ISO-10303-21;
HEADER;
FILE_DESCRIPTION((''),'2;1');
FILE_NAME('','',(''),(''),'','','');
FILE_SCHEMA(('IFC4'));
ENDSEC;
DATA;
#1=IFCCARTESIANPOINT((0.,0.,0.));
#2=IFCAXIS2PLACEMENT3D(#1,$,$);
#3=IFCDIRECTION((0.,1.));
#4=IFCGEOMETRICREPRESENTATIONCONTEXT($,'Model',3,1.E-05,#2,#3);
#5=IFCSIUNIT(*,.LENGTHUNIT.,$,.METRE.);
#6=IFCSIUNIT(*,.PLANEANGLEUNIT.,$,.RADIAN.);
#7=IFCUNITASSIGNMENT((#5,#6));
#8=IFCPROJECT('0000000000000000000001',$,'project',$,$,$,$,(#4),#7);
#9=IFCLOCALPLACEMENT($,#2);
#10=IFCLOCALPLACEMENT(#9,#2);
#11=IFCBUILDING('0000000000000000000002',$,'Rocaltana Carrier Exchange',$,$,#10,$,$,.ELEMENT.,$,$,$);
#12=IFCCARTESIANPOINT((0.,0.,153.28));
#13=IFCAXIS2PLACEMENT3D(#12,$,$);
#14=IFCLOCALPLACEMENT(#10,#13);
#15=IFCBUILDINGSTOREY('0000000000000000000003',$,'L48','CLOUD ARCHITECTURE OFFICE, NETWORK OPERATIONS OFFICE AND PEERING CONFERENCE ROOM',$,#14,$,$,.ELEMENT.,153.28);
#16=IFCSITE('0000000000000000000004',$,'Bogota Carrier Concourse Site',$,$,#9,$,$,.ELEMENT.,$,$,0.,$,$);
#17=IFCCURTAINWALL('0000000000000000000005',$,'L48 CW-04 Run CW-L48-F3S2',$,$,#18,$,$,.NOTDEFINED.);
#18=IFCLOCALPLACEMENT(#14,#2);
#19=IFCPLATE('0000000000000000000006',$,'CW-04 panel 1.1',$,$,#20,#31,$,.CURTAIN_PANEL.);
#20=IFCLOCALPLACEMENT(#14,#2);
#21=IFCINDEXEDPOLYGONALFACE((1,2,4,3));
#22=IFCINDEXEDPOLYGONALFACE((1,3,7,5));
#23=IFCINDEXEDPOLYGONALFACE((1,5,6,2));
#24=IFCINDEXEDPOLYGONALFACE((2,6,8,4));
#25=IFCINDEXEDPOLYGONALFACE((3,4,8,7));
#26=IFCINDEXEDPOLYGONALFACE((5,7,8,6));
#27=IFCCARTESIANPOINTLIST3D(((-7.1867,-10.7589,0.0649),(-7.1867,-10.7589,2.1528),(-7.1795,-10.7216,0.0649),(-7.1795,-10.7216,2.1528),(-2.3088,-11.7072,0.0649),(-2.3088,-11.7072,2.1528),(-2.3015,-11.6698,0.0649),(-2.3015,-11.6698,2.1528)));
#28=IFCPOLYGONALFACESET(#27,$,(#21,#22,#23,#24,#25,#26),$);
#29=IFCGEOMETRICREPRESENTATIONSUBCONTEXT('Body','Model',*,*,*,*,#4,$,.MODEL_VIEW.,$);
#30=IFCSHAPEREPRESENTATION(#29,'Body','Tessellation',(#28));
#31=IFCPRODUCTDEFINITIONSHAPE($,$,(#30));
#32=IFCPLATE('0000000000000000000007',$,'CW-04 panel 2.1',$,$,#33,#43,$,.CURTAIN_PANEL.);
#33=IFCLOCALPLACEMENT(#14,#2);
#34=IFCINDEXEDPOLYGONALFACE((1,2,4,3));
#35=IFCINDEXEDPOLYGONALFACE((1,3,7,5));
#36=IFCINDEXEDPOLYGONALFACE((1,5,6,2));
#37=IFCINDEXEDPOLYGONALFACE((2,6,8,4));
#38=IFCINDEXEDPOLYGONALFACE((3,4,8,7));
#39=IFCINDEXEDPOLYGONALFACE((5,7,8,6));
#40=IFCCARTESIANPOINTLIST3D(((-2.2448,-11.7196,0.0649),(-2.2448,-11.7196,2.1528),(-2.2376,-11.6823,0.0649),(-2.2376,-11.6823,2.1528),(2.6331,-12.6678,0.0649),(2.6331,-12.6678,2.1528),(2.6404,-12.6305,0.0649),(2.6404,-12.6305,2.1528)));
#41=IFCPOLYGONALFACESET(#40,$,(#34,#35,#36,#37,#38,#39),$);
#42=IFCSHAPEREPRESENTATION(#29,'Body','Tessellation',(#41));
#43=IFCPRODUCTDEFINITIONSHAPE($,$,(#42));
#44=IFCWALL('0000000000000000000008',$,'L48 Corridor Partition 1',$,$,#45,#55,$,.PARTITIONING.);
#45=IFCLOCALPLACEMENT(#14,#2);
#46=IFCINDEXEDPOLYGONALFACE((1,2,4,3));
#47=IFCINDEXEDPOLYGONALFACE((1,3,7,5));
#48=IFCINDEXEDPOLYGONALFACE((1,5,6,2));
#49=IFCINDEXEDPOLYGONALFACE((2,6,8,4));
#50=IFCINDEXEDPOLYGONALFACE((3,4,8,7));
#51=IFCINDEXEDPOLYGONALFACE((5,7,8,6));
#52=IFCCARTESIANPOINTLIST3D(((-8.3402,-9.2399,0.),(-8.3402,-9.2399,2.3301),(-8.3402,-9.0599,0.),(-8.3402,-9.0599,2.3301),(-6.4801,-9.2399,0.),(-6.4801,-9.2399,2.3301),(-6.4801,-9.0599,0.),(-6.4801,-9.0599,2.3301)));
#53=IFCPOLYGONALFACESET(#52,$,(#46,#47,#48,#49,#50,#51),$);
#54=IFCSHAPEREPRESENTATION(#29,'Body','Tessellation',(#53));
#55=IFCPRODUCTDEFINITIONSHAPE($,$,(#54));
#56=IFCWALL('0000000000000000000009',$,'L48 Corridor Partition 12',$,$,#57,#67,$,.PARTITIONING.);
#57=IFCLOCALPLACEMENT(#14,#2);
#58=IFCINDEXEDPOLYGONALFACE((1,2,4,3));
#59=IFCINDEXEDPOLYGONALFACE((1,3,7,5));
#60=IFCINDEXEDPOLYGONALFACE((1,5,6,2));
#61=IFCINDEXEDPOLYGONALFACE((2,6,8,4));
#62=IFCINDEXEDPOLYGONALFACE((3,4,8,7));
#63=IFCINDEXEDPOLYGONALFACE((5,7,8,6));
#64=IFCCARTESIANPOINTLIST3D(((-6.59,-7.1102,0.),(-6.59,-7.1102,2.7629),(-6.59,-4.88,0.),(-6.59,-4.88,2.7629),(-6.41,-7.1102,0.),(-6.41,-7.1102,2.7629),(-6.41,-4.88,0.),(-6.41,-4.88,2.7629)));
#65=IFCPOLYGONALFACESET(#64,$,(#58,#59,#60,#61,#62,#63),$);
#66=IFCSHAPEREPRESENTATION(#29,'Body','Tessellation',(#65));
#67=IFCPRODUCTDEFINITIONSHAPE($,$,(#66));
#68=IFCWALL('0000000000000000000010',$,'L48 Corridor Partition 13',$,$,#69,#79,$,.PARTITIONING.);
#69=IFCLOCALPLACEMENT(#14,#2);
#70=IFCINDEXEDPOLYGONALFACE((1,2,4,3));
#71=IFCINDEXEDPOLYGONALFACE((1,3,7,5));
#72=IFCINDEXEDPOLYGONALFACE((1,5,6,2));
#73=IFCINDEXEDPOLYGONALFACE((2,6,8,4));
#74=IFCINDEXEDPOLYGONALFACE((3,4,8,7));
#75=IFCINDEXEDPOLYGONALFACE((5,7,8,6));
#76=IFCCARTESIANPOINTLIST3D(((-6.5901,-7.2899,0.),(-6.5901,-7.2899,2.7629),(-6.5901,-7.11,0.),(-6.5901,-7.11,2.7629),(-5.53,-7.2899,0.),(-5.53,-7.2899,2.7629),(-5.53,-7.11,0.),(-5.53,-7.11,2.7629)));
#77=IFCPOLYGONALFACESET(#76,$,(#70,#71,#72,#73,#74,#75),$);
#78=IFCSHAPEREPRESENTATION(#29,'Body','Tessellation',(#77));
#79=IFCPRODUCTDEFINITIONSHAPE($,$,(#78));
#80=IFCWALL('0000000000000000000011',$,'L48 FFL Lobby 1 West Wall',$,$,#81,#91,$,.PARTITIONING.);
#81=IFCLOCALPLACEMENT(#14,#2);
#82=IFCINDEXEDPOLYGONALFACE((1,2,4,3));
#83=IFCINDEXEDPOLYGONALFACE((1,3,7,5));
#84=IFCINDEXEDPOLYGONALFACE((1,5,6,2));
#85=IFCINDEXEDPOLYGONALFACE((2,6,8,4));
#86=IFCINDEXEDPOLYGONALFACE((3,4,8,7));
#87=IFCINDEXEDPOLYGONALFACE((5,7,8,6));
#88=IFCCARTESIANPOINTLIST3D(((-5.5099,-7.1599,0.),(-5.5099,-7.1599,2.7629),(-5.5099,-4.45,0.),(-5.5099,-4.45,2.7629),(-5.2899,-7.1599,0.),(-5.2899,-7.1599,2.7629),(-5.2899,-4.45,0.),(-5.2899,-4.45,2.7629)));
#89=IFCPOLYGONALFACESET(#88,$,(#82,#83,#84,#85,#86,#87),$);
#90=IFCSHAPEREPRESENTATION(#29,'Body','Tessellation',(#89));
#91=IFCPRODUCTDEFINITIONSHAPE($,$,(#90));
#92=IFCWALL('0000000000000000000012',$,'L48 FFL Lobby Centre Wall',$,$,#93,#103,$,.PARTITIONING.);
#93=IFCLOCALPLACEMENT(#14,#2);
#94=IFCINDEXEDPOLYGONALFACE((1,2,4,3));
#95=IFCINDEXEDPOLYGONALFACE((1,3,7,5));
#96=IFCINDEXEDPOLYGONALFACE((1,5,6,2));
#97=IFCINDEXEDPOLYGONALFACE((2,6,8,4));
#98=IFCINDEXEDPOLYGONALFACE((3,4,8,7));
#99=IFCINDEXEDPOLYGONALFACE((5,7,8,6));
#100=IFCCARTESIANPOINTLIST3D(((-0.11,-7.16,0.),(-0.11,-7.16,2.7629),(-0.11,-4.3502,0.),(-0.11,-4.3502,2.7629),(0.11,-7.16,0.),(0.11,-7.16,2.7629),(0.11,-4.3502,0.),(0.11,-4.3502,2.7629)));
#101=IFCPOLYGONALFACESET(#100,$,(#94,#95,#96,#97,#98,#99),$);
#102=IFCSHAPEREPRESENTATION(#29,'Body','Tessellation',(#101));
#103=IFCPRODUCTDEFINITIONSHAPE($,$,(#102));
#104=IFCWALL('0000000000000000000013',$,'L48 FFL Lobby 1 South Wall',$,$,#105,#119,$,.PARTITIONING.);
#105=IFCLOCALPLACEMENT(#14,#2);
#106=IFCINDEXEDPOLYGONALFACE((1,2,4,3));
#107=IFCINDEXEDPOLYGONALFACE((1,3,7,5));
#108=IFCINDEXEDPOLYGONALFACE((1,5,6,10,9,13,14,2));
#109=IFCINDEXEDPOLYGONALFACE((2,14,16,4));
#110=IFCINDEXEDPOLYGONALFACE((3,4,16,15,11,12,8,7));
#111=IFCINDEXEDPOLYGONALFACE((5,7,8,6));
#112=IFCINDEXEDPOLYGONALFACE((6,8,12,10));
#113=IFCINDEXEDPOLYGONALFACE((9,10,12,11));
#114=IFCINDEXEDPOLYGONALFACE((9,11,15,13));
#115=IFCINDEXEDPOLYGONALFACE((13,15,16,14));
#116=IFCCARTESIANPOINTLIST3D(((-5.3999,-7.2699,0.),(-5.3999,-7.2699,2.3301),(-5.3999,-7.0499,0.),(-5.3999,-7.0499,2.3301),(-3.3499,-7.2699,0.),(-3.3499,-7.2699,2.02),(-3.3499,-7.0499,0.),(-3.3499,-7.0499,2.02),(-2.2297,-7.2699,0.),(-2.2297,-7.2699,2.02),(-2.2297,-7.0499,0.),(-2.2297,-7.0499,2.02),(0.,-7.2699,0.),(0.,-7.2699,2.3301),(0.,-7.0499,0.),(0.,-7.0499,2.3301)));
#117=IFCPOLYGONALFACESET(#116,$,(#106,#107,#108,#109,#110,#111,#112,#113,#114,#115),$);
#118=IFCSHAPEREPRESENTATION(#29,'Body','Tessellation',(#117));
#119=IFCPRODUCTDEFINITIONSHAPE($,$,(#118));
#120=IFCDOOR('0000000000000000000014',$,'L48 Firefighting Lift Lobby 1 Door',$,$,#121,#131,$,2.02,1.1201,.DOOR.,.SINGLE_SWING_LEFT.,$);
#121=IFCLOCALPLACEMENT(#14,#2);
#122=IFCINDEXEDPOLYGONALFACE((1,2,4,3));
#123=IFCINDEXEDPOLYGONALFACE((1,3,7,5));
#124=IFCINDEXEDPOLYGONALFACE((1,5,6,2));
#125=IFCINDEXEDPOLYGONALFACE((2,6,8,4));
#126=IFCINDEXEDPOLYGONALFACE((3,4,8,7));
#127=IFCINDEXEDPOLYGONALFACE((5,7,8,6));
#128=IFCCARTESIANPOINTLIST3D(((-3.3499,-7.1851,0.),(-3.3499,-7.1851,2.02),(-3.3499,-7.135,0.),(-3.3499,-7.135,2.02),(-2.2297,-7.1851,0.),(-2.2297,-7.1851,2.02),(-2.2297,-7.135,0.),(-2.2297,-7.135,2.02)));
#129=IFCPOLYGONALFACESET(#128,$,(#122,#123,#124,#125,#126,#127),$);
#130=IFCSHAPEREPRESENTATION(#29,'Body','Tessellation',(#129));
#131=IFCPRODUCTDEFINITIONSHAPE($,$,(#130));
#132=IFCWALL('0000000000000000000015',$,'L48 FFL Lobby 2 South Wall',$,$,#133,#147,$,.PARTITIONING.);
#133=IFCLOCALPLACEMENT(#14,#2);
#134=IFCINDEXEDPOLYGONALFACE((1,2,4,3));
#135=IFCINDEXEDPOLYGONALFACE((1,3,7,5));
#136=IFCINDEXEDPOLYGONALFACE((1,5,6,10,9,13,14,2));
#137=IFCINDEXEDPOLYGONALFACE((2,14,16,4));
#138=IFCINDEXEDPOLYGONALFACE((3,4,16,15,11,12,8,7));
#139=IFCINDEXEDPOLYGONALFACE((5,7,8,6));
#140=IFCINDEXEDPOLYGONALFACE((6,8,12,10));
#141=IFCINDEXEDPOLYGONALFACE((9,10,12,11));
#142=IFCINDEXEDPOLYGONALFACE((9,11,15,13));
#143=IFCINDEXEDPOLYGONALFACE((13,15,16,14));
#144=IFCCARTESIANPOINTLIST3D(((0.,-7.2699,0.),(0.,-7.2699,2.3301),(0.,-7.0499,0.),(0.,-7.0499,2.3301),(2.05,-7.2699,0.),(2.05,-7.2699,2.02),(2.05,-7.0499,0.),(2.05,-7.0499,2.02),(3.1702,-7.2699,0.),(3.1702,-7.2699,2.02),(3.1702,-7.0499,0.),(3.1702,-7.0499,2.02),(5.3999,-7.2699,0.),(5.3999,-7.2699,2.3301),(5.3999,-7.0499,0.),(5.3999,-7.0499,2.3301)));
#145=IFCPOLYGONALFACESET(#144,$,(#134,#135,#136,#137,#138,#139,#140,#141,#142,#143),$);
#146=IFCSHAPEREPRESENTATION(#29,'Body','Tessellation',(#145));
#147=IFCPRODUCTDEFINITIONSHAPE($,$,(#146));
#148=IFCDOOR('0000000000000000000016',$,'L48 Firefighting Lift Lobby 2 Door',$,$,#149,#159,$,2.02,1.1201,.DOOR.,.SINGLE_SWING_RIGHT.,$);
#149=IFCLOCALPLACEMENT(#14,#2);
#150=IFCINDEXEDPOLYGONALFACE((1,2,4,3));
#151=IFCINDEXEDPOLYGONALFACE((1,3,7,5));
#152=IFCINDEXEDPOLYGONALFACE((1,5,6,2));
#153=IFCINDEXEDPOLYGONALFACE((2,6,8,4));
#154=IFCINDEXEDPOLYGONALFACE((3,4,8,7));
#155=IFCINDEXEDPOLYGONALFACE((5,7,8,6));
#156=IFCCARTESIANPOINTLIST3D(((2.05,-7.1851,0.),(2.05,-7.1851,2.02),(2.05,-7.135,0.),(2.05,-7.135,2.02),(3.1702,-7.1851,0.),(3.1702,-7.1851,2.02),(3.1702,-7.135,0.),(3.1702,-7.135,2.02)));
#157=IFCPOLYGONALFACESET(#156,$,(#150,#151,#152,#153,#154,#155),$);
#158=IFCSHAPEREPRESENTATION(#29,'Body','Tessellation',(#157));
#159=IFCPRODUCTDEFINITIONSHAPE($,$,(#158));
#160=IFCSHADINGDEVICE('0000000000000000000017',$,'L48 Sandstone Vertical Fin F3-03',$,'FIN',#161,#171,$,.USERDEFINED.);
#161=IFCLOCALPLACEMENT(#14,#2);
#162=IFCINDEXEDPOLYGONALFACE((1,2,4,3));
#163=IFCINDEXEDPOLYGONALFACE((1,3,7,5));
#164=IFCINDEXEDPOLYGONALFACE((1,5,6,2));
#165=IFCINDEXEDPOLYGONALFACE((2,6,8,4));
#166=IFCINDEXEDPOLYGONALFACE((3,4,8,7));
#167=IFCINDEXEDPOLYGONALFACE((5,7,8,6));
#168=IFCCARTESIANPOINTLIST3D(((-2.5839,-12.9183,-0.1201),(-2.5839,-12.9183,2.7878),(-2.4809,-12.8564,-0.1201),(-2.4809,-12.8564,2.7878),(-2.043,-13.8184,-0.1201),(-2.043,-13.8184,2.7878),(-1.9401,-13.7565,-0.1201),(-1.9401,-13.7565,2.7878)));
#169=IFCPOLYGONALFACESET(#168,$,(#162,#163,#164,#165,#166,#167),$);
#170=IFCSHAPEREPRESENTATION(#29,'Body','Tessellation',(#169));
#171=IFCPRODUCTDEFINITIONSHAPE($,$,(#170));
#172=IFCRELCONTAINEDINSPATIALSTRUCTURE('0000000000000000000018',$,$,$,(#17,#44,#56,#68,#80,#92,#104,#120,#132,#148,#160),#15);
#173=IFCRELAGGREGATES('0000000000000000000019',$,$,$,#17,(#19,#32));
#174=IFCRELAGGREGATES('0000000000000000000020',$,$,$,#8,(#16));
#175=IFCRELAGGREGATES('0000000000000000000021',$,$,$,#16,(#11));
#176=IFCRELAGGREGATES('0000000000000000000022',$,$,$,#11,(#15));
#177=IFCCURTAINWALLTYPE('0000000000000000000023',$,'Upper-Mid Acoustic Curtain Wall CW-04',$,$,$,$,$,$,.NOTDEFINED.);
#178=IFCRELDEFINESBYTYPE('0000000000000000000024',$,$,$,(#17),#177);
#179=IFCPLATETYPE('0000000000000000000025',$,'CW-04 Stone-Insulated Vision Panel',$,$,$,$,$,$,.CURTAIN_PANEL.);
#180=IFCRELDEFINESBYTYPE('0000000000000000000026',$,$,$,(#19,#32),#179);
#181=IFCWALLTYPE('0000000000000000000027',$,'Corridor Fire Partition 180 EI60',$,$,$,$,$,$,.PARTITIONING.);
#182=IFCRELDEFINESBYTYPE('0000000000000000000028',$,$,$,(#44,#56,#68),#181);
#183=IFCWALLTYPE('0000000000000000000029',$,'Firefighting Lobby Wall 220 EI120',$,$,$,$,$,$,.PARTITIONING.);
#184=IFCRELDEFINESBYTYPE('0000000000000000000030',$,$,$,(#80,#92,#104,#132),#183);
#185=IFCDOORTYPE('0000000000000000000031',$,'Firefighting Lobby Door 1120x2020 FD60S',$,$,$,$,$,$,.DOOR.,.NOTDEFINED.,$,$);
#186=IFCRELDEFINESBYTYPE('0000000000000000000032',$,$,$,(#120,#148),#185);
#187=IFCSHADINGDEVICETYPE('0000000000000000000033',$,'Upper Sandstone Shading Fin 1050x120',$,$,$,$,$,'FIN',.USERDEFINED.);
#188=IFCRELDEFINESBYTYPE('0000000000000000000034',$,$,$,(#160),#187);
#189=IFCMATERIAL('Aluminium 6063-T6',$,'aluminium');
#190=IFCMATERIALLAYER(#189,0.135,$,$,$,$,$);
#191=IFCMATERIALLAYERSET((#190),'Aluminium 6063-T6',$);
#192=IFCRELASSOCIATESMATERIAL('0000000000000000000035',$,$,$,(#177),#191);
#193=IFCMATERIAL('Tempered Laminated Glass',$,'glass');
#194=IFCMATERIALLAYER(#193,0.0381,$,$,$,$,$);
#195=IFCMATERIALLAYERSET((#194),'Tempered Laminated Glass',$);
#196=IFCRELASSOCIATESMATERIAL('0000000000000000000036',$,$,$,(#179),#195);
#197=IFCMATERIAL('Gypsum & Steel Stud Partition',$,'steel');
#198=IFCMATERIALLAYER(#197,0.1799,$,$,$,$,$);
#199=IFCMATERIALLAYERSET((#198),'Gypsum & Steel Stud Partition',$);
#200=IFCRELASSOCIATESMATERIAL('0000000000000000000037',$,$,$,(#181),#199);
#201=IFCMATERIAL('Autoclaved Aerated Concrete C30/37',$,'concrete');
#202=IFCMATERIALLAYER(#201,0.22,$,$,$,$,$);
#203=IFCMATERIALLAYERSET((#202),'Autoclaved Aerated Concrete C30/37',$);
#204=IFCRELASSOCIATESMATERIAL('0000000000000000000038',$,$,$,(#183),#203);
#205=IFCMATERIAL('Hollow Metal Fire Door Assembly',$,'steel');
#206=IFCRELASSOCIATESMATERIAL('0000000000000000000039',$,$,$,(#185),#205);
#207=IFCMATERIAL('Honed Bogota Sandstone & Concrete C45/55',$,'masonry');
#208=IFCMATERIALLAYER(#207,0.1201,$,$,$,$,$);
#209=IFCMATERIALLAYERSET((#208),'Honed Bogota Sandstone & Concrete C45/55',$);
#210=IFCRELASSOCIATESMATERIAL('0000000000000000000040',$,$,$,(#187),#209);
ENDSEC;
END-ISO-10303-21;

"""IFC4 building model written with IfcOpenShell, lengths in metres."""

from ifc_helpers import new_model, si_unit, direction, frame, frame_2d, origin, origin_2d, place, context, subcontext, project, spatial, rectangle, extrude, material, layer, layer_set, type_object, element, fill, aggregate, save


model = new_model("IFC4")

# Units and contexts
model_context = context("Model", 3, precision=1e-05, world=origin(), true_north=direction((0.0, 1.0)))
body_context = subcontext(model_context, "Body", "Model", "MODEL_VIEW")
ifc_project = project(units=[si_unit("LENGTHUNIT", "METRE"), si_unit("PLANEANGLEUNIT", "RADIAN")], contexts=[model_context])

# Site, building, storey
site_placement = place(None, origin())
site = spatial("IfcSite", under=ifc_project, at=site_placement, Name="Bogota Carrier Concourse Site", CompositionType="ELEMENT", RefElevation=0.0)
building_placement = place(site_placement, origin())
building = spatial("IfcBuilding", under=site, at=building_placement, Name="Rocaltana Carrier Exchange", CompositionType="ELEMENT")
storey_placement = place(building_placement, frame((0.0, 0.0, 153.28)))
storey = spatial("IfcBuildingStorey", under=building, at=storey_placement, Name="L48", Description="CLOUD ARCHITECTURE OFFICE, NETWORK OPERATIONS OFFICE AND PEERING CONFERENCE ROOM", CompositionType="ELEMENT", Elevation=153.28)

# Curtain wall
ifc_material_1 = material(Name="Aluminium 6063-T6", Category="aluminium")
ifc_layer_1 = layer(ifc_material_1, 0.135)
ifc_layer_set_1 = layer_set([ifc_layer_1], Name="Aluminium 6063-T6")
curtain_wall_type = type_object("IfcCurtainWallType", Name="Upper-Mid Acoustic Curtain Wall CW-04", PredefinedType="NOTDEFINED", material=ifc_layer_set_1)
curtain_wall_placement = place(storey_placement, origin())
curtain_wall = element("IfcCurtainWall", 1, at=curtain_wall_placement, inside=storey, type_object=curtain_wall_type, Name="L48 CW-04 Run CW-L48-F3S2", PredefinedType="NOTDEFINED")

# Plates
ifc_material_2 = material(Name="Tempered Laminated Glass", Category="glass")
ifc_layer_2 = layer(ifc_material_2, 0.0381)
ifc_layer_set_2 = layer_set([ifc_layer_2], Name="Tempered Laminated Glass")
plate_type = type_object("IfcPlateType", Name="CW-04 Stone-Insulated Vision Panel", PredefinedType="CURTAIN_PANEL", material=ifc_layer_set_2)
plate_1_placement = place(storey_placement, frame((-4.7441, -11.2144, 0.0649), z_axis=(0.0, 0.0, 1.0), x_axis=(0.981626, -0.190815, 0.0)))
plate_1 = element("IfcPlate", 2, at=plate_1_placement, type_object=plate_type, Name="CW-04 panel 1.1", PredefinedType="CURTAIN_PANEL", context=body_context, shape_type="SweptSolid", body=[
    extrude(rectangle(XDim=4.9692, YDim=0.0381, at=origin_2d()), origin(), (0.0, 0.0, 1.0), 2.0879),
])
plate_2_placement = place(storey_placement, frame((0.1978, -12.175, 0.0649), z_axis=(0.0, 0.0, 1.0), x_axis=(0.981626, -0.190815, 0.0)))
plate_2 = element("IfcPlate", 3, at=plate_2_placement, type_object=plate_type, Name="CW-04 panel 2.1", PredefinedType="CURTAIN_PANEL", context=body_context, shape_type="SweptSolid", body=[
    extrude(rectangle(XDim=4.9692, YDim=0.0381, at=origin_2d()), origin(), (0.0, 0.0, 1.0), 2.0879),
])
aggregate(curtain_wall, [plate_1, plate_2])

# Walls
ifc_material_3 = material(Name="Gypsum & Steel Stud Partition", Category="steel")
ifc_layer_3 = layer(ifc_material_3, 0.1799)
ifc_layer_set_3 = layer_set([ifc_layer_3], Name="Gypsum & Steel Stud Partition")
wall_type_1 = type_object("IfcWallType", Name="Corridor Fire Partition 180 EI60", PredefinedType="PARTITIONING", material=ifc_layer_set_3)
wall_1_placement = place(storey_placement, frame((-6.48, -9.1499, 0.0), z_axis=(0.0, 0.0, 1.0), x_axis=(-1.0, 0.0, 0.0)))
element("IfcWall", 4, at=wall_1_placement, inside=storey, type_object=wall_type_1, Name="L48 Corridor Partition 1", PredefinedType="PARTITIONING", context=body_context, shape_type="SweptSolid", body=[
    extrude(rectangle(XDim=1.8601, YDim=0.1799, at=frame_2d((0.9302, 0.0))), origin(), (0.0, 0.0, 1.0), 2.3301),
])
wall_2_placement = place(storey_placement, frame((-6.5, -4.8799, 0.0), z_axis=(0.0, 0.0, 1.0), x_axis=(0.0, -1.0, 0.0)))
element("IfcWall", 5, at=wall_2_placement, inside=storey, type_object=wall_type_1, Name="L48 Corridor Partition 12", PredefinedType="PARTITIONING", context=body_context, shape_type="SweptSolid", body=[
    extrude(rectangle(XDim=2.2302, YDim=0.1799, at=frame_2d((1.1152, 0.0))), origin(), (0.0, 0.0, 1.0), 2.7629),
])
wall_3_placement = place(storey_placement, frame((-6.5901, -7.2, 0.0), z_axis=(0.0, 0.0, 1.0), x_axis=(1.0, 0.0, 0.0)))
element("IfcWall", 6, at=wall_3_placement, inside=storey, type_object=wall_type_1, Name="L48 Corridor Partition 13", PredefinedType="PARTITIONING", context=body_context, shape_type="SweptSolid", body=[
    extrude(rectangle(XDim=1.0601, YDim=0.1799, at=frame_2d((0.53, 0.0))), origin(), (0.0, 0.0, 1.0), 2.7629),
])
ifc_material_4 = material(Name="Autoclaved Aerated Concrete C30/37", Category="concrete")
ifc_layer_4 = layer(ifc_material_4, 0.22)
ifc_layer_set_4 = layer_set([ifc_layer_4], Name="Autoclaved Aerated Concrete C30/37")
wall_type_2 = type_object("IfcWallType", Name="Firefighting Lobby Wall 220 EI120", PredefinedType="PARTITIONING", material=ifc_layer_set_4)
wall_4_placement = place(storey_placement, frame((-5.3999, -7.1599, 0.0), z_axis=(0.0, 0.0, 1.0), x_axis=(0.0, 1.0, 0.0)))
element("IfcWall", 7, at=wall_4_placement, inside=storey, type_object=wall_type_2, Name="L48 FFL Lobby 1 West Wall", PredefinedType="PARTITIONING", context=body_context, shape_type="SweptSolid", body=[
    extrude(rectangle(XDim=2.71, YDim=0.22, at=frame_2d((1.355, 0.0))), origin(), (0.0, 0.0, 1.0), 2.7629),
])
wall_5_placement = place(storey_placement, frame((0.0, -7.1599, 0.0), z_axis=(0.0, 0.0, 1.0), x_axis=(0.0, 1.0, 0.0)))
element("IfcWall", 8, at=wall_5_placement, inside=storey, type_object=wall_type_2, Name="L48 FFL Lobby Centre Wall", PredefinedType="PARTITIONING", context=body_context, shape_type="SweptSolid", body=[
    extrude(rectangle(XDim=2.8098, YDim=0.22, at=frame_2d((1.4048, 0.0))), origin(), (0.0, 0.0, 1.0), 2.7629),
])

# Walls, openings, doors
wall_6_placement = place(storey_placement, frame((-5.3999, -7.1599, 0.0), z_axis=(0.0, 0.0, 1.0), x_axis=(1.0, 0.0, 0.0)))
wall_6 = element("IfcWall", 9, at=wall_6_placement, inside=storey, type_object=wall_type_2, Name="L48 FFL Lobby 1 South Wall", PredefinedType="PARTITIONING", context=body_context, shape_type="SweptSolid", body=[
    extrude(rectangle(XDim=5.3999, YDim=0.22, at=frame_2d((2.7, 0.0))), origin(), (0.0, 0.0, 1.0), 2.3301),
])
opening_1_placement = place(wall_6_placement, frame((2.05, 0.0, 0.0)))
opening_1 = element("IfcOpeningElement", 10, at=opening_1_placement, cuts=wall_6, PredefinedType="OPENING", context=body_context, shape_type="SweptSolid", body=[
    extrude(rectangle(XDim=1.1201, YDim=2.02, at=frame_2d((0.5601, 1.01))), frame((0.0, 0.1199, 0.0), z_axis=(0.0, -1.0, 0.0), x_axis=(1.0, 0.0, 0.0)), (0.0, 0.0, 1.0), 0.24),
])
ifc_material_5 = material(Name="Hollow Metal Fire Door Assembly", Category="steel")
door_type = type_object("IfcDoorType", Name="Firefighting Lobby Door 1120x2020 FD60S", OperationType="NOTDEFINED", PredefinedType="DOOR", material=ifc_material_5)
door_1_placement = place(opening_1_placement, origin())
door_1 = element("IfcDoor", 11, at=door_1_placement, inside=storey, type_object=door_type, Name="L48 Firefighting Lift Lobby 1 Door", OperationType="SINGLE_SWING_LEFT", OverallHeight=2.02, OverallWidth=1.1201, PredefinedType="DOOR", context=body_context, shape_type="SweptSolid", body=[
    extrude(rectangle(XDim=1.1201, YDim=2.02, at=frame_2d((0.5601, 1.01))), frame((0.0, 0.0249, 0.0), z_axis=(0.0, -1.0, 0.0), x_axis=(1.0, 0.0, 0.0)), (0.0, 0.0, 1.0), 0.05),
])
fill(opening_1, door_1)
wall_7_placement = place(storey_placement, frame((0.0, -7.1599, 0.0), z_axis=(0.0, 0.0, 1.0), x_axis=(1.0, 0.0, 0.0)))
wall_7 = element("IfcWall", 12, at=wall_7_placement, inside=storey, type_object=wall_type_2, Name="L48 FFL Lobby 2 South Wall", PredefinedType="PARTITIONING", context=body_context, shape_type="SweptSolid", body=[
    extrude(rectangle(XDim=5.3999, YDim=0.22, at=frame_2d((2.7, 0.0))), origin(), (0.0, 0.0, 1.0), 2.3301),
])
opening_2_placement = place(wall_7_placement, frame((2.05, 0.0, 0.0)))
opening_2 = element("IfcOpeningElement", 13, at=opening_2_placement, cuts=wall_7, PredefinedType="OPENING", context=body_context, shape_type="SweptSolid", body=[
    extrude(rectangle(XDim=1.1201, YDim=2.02, at=frame_2d((0.5601, 1.01))), frame((0.0, 0.1199, 0.0), z_axis=(0.0, -1.0, 0.0), x_axis=(1.0, 0.0, 0.0)), (0.0, 0.0, 1.0), 0.24),
])
door_2_placement = place(opening_2_placement, origin())
door_2 = element("IfcDoor", 14, at=door_2_placement, inside=storey, type_object=door_type, Name="L48 Firefighting Lift Lobby 2 Door", OperationType="SINGLE_SWING_RIGHT", OverallHeight=2.02, OverallWidth=1.1201, PredefinedType="DOOR", context=body_context, shape_type="SweptSolid", body=[
    extrude(rectangle(XDim=1.1201, YDim=2.02, at=frame_2d((0.5601, 1.01))), frame((0.0, 0.0249, 0.0), z_axis=(0.0, -1.0, 0.0), x_axis=(1.0, 0.0, 0.0)), (0.0, 0.0, 1.0), 0.05),
])
fill(opening_2, door_2)

# Shading device
ifc_material_6 = material(Name="Honed Bogota Sandstone & Concrete C45/55", Category="masonry")
ifc_layer_5 = layer(ifc_material_6, 0.1201)
ifc_layer_set_5 = layer_set([ifc_layer_5], Name="Honed Bogota Sandstone & Concrete C45/55")
shading_device_type = type_object("IfcShadingDeviceType", Name="Upper Sandstone Shading Fin 1050x120", ElementType="FIN", PredefinedType="USERDEFINED", material=ifc_layer_set_5)
shading_device_placement = place(storey_placement, frame((-2.262, -13.3374, -0.1201), z_axis=(0.0, 0.0, 1.0), x_axis=(0.515038, -0.857167, 0.0)))
element("IfcShadingDevice", 15, at=shading_device_placement, inside=storey, type_object=shading_device_type, Name="L48 Sandstone Vertical Fin F3-03", ObjectType="FIN", PredefinedType="USERDEFINED", context=body_context, shape_type="SweptSolid", body=[
    extrude(rectangle(XDim=1.05, YDim=0.1201, at=origin_2d()), origin(), (0.0, 0.0, 1.0), 2.908),
])

save(model, "model.ifc")
